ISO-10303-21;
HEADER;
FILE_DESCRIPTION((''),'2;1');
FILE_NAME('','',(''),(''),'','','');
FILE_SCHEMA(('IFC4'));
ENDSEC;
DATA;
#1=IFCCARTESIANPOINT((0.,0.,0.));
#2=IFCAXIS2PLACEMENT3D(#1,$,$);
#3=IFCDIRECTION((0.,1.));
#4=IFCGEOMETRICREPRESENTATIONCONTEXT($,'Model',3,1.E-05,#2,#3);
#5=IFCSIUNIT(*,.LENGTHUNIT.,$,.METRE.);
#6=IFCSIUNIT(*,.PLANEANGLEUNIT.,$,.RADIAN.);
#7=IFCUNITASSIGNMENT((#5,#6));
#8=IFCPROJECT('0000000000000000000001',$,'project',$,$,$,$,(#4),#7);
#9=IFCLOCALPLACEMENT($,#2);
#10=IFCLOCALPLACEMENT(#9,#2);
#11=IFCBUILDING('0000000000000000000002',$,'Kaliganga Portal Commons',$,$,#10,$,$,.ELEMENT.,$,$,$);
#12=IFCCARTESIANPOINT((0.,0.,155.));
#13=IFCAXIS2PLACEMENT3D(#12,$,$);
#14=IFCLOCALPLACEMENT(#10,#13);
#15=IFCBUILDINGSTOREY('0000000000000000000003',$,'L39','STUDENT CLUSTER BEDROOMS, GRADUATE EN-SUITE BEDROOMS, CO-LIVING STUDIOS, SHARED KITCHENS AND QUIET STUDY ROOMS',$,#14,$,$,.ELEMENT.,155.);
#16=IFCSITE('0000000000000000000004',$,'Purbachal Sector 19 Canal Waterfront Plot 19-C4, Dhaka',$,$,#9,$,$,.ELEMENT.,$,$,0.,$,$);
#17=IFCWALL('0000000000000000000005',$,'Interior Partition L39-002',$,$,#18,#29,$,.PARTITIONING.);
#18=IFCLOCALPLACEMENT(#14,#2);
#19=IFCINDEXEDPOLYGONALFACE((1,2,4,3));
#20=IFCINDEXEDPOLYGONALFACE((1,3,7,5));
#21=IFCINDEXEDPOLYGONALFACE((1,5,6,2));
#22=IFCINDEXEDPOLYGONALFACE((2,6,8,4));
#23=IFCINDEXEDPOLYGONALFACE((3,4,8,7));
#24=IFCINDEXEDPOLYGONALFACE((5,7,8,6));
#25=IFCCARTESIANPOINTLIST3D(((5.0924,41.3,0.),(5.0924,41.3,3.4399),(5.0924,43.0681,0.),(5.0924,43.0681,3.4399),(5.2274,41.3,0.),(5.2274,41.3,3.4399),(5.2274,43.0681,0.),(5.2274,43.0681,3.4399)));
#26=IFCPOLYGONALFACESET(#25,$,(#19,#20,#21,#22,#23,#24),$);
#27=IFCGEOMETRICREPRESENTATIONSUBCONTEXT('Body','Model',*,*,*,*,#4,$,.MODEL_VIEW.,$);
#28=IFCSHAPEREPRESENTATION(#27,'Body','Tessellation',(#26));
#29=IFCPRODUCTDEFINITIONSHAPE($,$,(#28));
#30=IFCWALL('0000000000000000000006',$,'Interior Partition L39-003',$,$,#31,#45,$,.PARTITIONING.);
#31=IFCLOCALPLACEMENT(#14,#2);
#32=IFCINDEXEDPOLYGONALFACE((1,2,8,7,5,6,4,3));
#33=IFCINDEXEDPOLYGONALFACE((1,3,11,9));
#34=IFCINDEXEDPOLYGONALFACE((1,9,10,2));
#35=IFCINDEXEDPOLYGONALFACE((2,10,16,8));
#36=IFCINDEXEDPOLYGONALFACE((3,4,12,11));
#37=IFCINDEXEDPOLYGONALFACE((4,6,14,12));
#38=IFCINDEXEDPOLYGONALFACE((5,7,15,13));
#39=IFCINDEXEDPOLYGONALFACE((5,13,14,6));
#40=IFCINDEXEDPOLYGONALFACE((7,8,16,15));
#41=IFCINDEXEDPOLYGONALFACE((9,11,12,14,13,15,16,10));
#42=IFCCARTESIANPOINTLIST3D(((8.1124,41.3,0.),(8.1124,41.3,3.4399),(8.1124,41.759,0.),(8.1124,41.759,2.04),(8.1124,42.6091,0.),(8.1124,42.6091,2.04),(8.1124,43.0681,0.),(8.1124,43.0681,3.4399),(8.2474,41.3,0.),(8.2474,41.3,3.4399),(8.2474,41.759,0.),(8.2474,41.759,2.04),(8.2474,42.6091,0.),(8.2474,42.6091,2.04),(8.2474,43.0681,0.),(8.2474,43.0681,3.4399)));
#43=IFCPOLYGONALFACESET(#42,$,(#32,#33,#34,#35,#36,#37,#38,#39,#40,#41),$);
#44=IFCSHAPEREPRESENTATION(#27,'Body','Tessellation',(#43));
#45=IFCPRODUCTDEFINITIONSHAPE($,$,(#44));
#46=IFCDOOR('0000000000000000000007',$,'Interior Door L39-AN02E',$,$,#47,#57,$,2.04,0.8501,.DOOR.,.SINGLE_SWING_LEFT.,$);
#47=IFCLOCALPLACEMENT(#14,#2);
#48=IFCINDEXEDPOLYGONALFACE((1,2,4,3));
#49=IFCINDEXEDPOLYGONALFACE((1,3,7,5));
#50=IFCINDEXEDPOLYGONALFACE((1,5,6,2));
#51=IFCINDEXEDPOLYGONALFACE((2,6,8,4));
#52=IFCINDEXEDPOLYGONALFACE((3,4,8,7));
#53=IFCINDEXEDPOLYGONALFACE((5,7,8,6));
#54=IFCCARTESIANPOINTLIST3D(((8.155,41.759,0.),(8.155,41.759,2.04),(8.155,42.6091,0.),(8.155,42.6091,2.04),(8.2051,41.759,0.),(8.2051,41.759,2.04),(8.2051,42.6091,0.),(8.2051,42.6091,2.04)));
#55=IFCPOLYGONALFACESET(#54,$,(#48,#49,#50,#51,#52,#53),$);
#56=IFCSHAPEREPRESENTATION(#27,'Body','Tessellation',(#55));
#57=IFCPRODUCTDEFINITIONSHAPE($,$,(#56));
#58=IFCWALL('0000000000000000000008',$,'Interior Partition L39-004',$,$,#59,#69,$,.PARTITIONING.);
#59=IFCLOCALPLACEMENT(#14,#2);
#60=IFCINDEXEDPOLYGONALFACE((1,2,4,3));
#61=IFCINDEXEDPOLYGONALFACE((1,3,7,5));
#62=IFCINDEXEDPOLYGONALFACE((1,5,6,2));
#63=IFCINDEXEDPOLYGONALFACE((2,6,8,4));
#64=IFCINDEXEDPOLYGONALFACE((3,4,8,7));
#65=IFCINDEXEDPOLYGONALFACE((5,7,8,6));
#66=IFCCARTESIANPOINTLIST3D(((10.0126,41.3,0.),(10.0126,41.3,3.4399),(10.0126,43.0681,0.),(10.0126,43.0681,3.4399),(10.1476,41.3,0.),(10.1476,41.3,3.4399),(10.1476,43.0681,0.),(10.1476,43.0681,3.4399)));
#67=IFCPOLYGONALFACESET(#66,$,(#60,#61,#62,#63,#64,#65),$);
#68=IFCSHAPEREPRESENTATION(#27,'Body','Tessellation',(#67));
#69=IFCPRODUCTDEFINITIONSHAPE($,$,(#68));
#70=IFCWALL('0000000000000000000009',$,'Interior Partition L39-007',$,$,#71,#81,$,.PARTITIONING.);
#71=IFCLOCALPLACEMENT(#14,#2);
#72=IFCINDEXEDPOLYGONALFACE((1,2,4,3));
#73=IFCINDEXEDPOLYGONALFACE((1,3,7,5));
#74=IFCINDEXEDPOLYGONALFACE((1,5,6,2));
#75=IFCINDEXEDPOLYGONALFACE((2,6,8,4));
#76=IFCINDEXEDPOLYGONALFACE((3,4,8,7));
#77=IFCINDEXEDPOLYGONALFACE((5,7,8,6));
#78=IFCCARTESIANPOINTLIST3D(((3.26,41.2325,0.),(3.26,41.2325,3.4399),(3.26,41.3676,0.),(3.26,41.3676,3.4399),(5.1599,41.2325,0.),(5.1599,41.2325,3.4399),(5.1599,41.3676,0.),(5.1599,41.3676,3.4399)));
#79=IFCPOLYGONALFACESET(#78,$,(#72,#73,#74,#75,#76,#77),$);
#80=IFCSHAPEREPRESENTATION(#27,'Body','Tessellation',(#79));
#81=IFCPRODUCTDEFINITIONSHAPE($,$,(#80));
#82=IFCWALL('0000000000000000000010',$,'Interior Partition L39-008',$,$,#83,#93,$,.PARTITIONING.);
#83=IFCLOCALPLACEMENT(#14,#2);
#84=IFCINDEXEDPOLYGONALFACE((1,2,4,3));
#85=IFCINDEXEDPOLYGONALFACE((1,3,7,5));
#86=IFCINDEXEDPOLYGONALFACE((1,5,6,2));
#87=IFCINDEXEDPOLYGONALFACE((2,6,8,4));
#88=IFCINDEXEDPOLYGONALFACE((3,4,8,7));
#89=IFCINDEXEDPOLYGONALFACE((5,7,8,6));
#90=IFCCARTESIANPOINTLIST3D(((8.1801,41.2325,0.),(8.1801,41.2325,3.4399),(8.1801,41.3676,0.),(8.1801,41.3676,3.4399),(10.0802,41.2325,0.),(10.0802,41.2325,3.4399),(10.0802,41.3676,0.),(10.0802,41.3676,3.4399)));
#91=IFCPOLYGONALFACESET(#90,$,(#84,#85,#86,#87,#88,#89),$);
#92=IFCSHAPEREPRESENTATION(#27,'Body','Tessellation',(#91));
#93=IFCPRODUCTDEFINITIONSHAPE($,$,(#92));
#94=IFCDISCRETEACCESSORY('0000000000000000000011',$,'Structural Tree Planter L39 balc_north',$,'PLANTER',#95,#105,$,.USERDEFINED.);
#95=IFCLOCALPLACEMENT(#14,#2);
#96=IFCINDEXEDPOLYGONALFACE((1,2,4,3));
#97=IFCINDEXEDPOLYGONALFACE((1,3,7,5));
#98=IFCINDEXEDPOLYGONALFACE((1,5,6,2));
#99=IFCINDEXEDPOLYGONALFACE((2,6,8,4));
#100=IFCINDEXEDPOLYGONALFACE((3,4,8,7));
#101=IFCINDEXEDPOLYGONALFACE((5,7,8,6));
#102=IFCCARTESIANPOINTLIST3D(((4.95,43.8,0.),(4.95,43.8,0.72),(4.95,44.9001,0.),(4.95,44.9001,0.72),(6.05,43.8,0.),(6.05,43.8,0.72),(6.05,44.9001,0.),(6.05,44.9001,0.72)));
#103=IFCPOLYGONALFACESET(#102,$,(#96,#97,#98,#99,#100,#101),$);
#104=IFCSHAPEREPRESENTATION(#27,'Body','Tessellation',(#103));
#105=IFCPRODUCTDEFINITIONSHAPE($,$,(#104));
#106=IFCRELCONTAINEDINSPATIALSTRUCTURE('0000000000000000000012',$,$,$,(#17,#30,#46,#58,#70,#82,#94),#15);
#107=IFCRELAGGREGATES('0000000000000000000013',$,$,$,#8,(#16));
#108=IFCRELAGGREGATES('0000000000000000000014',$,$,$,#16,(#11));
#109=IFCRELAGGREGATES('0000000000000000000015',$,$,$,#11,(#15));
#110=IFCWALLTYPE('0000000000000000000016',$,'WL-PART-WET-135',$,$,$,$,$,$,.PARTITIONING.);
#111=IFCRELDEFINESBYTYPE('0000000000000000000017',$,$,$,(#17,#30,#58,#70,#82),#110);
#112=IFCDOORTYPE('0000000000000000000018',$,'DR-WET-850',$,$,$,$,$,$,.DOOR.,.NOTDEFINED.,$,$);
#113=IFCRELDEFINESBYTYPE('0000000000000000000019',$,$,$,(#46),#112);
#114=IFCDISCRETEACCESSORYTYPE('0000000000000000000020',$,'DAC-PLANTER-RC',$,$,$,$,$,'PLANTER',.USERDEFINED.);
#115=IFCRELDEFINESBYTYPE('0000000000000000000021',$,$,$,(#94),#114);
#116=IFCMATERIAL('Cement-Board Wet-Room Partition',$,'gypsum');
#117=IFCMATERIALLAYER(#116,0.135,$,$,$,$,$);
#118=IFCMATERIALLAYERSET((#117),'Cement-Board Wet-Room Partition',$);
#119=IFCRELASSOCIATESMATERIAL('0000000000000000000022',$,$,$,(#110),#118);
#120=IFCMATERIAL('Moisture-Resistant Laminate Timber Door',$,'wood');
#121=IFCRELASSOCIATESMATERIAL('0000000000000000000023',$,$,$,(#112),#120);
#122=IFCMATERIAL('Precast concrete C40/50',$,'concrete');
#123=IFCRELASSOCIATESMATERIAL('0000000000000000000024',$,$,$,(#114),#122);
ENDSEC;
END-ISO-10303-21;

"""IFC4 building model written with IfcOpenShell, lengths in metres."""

from ifc_helpers import new_model, si_unit, direction, frame, frame_2d, origin, origin_2d, place, context, subcontext, project, spatial, rectangle, extrude, source, transform, mapped, material, layer, layer_set, type_object, element, fill, save


model = new_model("IFC4")

# Units and contexts
model_context = context("Model", 3, precision=1e-05, world=origin(), true_north=direction((0.0, 1.0)))
body_context = subcontext(model_context, "Body", "Model", "MODEL_VIEW")
ifc_project = project(units=[si_unit("LENGTHUNIT", "METRE"), si_unit("PLANEANGLEUNIT", "RADIAN")], contexts=[model_context])

# Site, building, storey
site_placement = place(None, origin())
site = spatial("IfcSite", under=ifc_project, at=site_placement, Name="Purbachal Sector 19 Canal Waterfront Plot 19-C4, Dhaka", CompositionType="ELEMENT", RefElevation=0.0)
building_placement = place(site_placement, origin())
building = spatial("IfcBuilding", under=site, at=building_placement, Name="Kaliganga Portal Commons", CompositionType="ELEMENT")
storey_placement = place(building_placement, frame((0.0, 0.0, 155.0)))
storey = spatial("IfcBuildingStorey", under=building, at=storey_placement, Name="L39", Description="STUDENT CLUSTER BEDROOMS, GRADUATE EN-SUITE BEDROOMS, CO-LIVING STUDIOS, SHARED KITCHENS AND QUIET STUDY ROOMS", CompositionType="ELEMENT", Elevation=155.0)

# Shared definitions
ifc_material_1 = material(Name="Cement-Board Wet-Room Partition", Category="gypsum")
ifc_layer_1 = layer(ifc_material_1, 0.135)
ifc_layer_set_1 = layer_set([ifc_layer_1], Name="Cement-Board Wet-Room Partition")
wall_type_1 = type_object("IfcWallType", Name="WL-PART-WET-135", PredefinedType="PARTITIONING", material=ifc_layer_set_1)
ifc_material_2 = material(Name="Moisture-Resistant Laminate Timber Door", Category="wood")
door_type_1 = type_object("IfcDoorType", Name="DR-WET-850", OperationType="NOTDEFINED", PredefinedType="DOOR", material=ifc_material_2)

# Wall
wall_1_placement = place(storey_placement, frame((5.1599, 41.3, 0.0), z_axis=(0.0, 0.0, 1.0), x_axis=(0.0, 1.0, 0.0)))
element("IfcWall", 1, at=wall_1_placement, inside=storey, type_object=wall_type_1, Name="Interior Partition L39-002", PredefinedType="PARTITIONING", context=body_context, shape_type="SweptSolid", body=[
    extrude(rectangle(XDim=1.7681, YDim=0.135, at=frame_2d((0.884, 0.0))), origin(), (0.0, 0.0, 1.0), 3.4399),
])

# Wall, opening, door
wall_2_placement = place(storey_placement, frame((8.1799, 41.3, 0.0), z_axis=(0.0, 0.0, 1.0), x_axis=(0.0, 1.0, 0.0)))
wall_2 = element("IfcWall", 2, at=wall_2_placement, inside=storey, type_object=wall_type_1, Name="Interior Partition L39-003", PredefinedType="PARTITIONING", context=body_context, shape_type="SweptSolid", body=[
    extrude(rectangle(XDim=1.7681, YDim=0.135, at=frame_2d((0.884, 0.0))), origin(), (0.0, 0.0, 1.0), 3.4399),
])
opening_1_placement = place(wall_2_placement, frame((0.459, 0.0, 0.0)))
opening_1 = element("IfcOpeningElement", 3, at=opening_1_placement, cuts=wall_2, PredefinedType="OPENING", context=body_context, shape_type="SweptSolid", body=[
    extrude(rectangle(XDim=0.8501, YDim=2.04, at=frame_2d((0.425, 1.02))), frame((0.0, 0.0776, 0.0), z_axis=(0.0, -1.0, 0.0), x_axis=(1.0, 0.0, 0.0)), (0.0, 0.0, 1.0), 0.155),
])
door_1_placement = place(opening_1_placement, origin())
door_1 = element("IfcDoor", 4, at=door_1_placement, inside=storey, type_object=door_type_1, Name="Interior Door L39-AN02E", OperationType="SINGLE_SWING_LEFT", OverallHeight=2.04, OverallWidth=0.8501, PredefinedType="DOOR", context=body_context, shape_type="SweptSolid", body=[
    extrude(rectangle(XDim=0.8501, YDim=2.04, at=frame_2d((0.425, 1.02))), frame((0.0, 0.0249, 0.0), z_axis=(0.0, -1.0, 0.0), x_axis=(1.0, 0.0, 0.0)), (0.0, 0.0, 1.0), 0.05),
])
fill(opening_1, door_1)

# Walls
wall_3_placement = place(storey_placement, frame((10.0801, 41.3, 0.0), z_axis=(0.0, 0.0, 1.0), x_axis=(0.0, 1.0, 0.0)))
element("IfcWall", 5, at=wall_3_placement, inside=storey, type_object=wall_type_1, Name="Interior Partition L39-004", PredefinedType="PARTITIONING", context=body_context, shape_type="SweptSolid", body=[
    extrude(rectangle(XDim=1.7681, YDim=0.135, at=frame_2d((0.884, 0.0))), origin(), (0.0, 0.0, 1.0), 3.4399),
])
wall_4_placement = place(storey_placement, frame((3.26, 41.3, 0.0), z_axis=(0.0, 0.0, 1.0), x_axis=(1.0, 0.0, 0.0)))
element("IfcWall", 6, at=wall_4_placement, inside=storey, type_object=wall_type_1, Name="Interior Partition L39-007", PredefinedType="PARTITIONING", context=body_context, shape_type="SweptSolid", body=[
    extrude(rectangle(XDim=1.8999, YDim=0.135, at=frame_2d((0.95, 0.0))), origin(), (0.0, 0.0, 1.0), 3.4399),
])
wall_5_placement = place(storey_placement, frame((8.1799, 41.3, 0.0), z_axis=(0.0, 0.0, 1.0), x_axis=(1.0, 0.0, 0.0)))
element("IfcWall", 7, at=wall_5_placement, inside=storey, type_object=wall_type_1, Name="Interior Partition L39-008", PredefinedType="PARTITIONING", context=body_context, shape_type="SweptSolid", body=[
    extrude(rectangle(XDim=1.9001, YDim=0.135, at=frame_2d((0.9502, 0.0))), origin(), (0.0, 0.0, 1.0), 3.4399),
])

# Discrete accessory
ifc_material_3 = material(Name="Precast concrete C40/50", Category="concrete")
discrete_accessory_type = type_object("IfcDiscreteAccessoryType", Name="DAC-PLANTER-RC", ElementType="PLANTER", PredefinedType="USERDEFINED", material=ifc_material_3)
shared_shape_1 = source(origin(), body_context, "Body", "SweptSolid", [
    extrude(rectangle(XDim=1.1001, YDim=1.1001, at=origin_2d()), origin(), (0.0, 0.0, 1.0), 0.72),
])
discrete_accessory_placement = place(storey_placement, frame((5.5, 44.3501, 0.0), z_axis=(0.0, 0.0, 1.0), x_axis=(1.0, 0.0, 0.0)))
element("IfcDiscreteAccessory", 8, at=discrete_accessory_placement, inside=storey, type_object=discrete_accessory_type, Name="Structural Tree Planter L39 balc_north", ObjectType="PLANTER", PredefinedType="USERDEFINED", context=body_context, shape_type="MappedRepresentation", body=[
    mapped(shared_shape_1, transform((0.0, 0.0, 0.0), x_axis=(1.0, 0.0, 0.0), y_axis=(0.0, 1.0, 0.0), z_axis=(0.0, 0.0, 1.0), scale=1.0)),
])

save(model, "model.ifc")
